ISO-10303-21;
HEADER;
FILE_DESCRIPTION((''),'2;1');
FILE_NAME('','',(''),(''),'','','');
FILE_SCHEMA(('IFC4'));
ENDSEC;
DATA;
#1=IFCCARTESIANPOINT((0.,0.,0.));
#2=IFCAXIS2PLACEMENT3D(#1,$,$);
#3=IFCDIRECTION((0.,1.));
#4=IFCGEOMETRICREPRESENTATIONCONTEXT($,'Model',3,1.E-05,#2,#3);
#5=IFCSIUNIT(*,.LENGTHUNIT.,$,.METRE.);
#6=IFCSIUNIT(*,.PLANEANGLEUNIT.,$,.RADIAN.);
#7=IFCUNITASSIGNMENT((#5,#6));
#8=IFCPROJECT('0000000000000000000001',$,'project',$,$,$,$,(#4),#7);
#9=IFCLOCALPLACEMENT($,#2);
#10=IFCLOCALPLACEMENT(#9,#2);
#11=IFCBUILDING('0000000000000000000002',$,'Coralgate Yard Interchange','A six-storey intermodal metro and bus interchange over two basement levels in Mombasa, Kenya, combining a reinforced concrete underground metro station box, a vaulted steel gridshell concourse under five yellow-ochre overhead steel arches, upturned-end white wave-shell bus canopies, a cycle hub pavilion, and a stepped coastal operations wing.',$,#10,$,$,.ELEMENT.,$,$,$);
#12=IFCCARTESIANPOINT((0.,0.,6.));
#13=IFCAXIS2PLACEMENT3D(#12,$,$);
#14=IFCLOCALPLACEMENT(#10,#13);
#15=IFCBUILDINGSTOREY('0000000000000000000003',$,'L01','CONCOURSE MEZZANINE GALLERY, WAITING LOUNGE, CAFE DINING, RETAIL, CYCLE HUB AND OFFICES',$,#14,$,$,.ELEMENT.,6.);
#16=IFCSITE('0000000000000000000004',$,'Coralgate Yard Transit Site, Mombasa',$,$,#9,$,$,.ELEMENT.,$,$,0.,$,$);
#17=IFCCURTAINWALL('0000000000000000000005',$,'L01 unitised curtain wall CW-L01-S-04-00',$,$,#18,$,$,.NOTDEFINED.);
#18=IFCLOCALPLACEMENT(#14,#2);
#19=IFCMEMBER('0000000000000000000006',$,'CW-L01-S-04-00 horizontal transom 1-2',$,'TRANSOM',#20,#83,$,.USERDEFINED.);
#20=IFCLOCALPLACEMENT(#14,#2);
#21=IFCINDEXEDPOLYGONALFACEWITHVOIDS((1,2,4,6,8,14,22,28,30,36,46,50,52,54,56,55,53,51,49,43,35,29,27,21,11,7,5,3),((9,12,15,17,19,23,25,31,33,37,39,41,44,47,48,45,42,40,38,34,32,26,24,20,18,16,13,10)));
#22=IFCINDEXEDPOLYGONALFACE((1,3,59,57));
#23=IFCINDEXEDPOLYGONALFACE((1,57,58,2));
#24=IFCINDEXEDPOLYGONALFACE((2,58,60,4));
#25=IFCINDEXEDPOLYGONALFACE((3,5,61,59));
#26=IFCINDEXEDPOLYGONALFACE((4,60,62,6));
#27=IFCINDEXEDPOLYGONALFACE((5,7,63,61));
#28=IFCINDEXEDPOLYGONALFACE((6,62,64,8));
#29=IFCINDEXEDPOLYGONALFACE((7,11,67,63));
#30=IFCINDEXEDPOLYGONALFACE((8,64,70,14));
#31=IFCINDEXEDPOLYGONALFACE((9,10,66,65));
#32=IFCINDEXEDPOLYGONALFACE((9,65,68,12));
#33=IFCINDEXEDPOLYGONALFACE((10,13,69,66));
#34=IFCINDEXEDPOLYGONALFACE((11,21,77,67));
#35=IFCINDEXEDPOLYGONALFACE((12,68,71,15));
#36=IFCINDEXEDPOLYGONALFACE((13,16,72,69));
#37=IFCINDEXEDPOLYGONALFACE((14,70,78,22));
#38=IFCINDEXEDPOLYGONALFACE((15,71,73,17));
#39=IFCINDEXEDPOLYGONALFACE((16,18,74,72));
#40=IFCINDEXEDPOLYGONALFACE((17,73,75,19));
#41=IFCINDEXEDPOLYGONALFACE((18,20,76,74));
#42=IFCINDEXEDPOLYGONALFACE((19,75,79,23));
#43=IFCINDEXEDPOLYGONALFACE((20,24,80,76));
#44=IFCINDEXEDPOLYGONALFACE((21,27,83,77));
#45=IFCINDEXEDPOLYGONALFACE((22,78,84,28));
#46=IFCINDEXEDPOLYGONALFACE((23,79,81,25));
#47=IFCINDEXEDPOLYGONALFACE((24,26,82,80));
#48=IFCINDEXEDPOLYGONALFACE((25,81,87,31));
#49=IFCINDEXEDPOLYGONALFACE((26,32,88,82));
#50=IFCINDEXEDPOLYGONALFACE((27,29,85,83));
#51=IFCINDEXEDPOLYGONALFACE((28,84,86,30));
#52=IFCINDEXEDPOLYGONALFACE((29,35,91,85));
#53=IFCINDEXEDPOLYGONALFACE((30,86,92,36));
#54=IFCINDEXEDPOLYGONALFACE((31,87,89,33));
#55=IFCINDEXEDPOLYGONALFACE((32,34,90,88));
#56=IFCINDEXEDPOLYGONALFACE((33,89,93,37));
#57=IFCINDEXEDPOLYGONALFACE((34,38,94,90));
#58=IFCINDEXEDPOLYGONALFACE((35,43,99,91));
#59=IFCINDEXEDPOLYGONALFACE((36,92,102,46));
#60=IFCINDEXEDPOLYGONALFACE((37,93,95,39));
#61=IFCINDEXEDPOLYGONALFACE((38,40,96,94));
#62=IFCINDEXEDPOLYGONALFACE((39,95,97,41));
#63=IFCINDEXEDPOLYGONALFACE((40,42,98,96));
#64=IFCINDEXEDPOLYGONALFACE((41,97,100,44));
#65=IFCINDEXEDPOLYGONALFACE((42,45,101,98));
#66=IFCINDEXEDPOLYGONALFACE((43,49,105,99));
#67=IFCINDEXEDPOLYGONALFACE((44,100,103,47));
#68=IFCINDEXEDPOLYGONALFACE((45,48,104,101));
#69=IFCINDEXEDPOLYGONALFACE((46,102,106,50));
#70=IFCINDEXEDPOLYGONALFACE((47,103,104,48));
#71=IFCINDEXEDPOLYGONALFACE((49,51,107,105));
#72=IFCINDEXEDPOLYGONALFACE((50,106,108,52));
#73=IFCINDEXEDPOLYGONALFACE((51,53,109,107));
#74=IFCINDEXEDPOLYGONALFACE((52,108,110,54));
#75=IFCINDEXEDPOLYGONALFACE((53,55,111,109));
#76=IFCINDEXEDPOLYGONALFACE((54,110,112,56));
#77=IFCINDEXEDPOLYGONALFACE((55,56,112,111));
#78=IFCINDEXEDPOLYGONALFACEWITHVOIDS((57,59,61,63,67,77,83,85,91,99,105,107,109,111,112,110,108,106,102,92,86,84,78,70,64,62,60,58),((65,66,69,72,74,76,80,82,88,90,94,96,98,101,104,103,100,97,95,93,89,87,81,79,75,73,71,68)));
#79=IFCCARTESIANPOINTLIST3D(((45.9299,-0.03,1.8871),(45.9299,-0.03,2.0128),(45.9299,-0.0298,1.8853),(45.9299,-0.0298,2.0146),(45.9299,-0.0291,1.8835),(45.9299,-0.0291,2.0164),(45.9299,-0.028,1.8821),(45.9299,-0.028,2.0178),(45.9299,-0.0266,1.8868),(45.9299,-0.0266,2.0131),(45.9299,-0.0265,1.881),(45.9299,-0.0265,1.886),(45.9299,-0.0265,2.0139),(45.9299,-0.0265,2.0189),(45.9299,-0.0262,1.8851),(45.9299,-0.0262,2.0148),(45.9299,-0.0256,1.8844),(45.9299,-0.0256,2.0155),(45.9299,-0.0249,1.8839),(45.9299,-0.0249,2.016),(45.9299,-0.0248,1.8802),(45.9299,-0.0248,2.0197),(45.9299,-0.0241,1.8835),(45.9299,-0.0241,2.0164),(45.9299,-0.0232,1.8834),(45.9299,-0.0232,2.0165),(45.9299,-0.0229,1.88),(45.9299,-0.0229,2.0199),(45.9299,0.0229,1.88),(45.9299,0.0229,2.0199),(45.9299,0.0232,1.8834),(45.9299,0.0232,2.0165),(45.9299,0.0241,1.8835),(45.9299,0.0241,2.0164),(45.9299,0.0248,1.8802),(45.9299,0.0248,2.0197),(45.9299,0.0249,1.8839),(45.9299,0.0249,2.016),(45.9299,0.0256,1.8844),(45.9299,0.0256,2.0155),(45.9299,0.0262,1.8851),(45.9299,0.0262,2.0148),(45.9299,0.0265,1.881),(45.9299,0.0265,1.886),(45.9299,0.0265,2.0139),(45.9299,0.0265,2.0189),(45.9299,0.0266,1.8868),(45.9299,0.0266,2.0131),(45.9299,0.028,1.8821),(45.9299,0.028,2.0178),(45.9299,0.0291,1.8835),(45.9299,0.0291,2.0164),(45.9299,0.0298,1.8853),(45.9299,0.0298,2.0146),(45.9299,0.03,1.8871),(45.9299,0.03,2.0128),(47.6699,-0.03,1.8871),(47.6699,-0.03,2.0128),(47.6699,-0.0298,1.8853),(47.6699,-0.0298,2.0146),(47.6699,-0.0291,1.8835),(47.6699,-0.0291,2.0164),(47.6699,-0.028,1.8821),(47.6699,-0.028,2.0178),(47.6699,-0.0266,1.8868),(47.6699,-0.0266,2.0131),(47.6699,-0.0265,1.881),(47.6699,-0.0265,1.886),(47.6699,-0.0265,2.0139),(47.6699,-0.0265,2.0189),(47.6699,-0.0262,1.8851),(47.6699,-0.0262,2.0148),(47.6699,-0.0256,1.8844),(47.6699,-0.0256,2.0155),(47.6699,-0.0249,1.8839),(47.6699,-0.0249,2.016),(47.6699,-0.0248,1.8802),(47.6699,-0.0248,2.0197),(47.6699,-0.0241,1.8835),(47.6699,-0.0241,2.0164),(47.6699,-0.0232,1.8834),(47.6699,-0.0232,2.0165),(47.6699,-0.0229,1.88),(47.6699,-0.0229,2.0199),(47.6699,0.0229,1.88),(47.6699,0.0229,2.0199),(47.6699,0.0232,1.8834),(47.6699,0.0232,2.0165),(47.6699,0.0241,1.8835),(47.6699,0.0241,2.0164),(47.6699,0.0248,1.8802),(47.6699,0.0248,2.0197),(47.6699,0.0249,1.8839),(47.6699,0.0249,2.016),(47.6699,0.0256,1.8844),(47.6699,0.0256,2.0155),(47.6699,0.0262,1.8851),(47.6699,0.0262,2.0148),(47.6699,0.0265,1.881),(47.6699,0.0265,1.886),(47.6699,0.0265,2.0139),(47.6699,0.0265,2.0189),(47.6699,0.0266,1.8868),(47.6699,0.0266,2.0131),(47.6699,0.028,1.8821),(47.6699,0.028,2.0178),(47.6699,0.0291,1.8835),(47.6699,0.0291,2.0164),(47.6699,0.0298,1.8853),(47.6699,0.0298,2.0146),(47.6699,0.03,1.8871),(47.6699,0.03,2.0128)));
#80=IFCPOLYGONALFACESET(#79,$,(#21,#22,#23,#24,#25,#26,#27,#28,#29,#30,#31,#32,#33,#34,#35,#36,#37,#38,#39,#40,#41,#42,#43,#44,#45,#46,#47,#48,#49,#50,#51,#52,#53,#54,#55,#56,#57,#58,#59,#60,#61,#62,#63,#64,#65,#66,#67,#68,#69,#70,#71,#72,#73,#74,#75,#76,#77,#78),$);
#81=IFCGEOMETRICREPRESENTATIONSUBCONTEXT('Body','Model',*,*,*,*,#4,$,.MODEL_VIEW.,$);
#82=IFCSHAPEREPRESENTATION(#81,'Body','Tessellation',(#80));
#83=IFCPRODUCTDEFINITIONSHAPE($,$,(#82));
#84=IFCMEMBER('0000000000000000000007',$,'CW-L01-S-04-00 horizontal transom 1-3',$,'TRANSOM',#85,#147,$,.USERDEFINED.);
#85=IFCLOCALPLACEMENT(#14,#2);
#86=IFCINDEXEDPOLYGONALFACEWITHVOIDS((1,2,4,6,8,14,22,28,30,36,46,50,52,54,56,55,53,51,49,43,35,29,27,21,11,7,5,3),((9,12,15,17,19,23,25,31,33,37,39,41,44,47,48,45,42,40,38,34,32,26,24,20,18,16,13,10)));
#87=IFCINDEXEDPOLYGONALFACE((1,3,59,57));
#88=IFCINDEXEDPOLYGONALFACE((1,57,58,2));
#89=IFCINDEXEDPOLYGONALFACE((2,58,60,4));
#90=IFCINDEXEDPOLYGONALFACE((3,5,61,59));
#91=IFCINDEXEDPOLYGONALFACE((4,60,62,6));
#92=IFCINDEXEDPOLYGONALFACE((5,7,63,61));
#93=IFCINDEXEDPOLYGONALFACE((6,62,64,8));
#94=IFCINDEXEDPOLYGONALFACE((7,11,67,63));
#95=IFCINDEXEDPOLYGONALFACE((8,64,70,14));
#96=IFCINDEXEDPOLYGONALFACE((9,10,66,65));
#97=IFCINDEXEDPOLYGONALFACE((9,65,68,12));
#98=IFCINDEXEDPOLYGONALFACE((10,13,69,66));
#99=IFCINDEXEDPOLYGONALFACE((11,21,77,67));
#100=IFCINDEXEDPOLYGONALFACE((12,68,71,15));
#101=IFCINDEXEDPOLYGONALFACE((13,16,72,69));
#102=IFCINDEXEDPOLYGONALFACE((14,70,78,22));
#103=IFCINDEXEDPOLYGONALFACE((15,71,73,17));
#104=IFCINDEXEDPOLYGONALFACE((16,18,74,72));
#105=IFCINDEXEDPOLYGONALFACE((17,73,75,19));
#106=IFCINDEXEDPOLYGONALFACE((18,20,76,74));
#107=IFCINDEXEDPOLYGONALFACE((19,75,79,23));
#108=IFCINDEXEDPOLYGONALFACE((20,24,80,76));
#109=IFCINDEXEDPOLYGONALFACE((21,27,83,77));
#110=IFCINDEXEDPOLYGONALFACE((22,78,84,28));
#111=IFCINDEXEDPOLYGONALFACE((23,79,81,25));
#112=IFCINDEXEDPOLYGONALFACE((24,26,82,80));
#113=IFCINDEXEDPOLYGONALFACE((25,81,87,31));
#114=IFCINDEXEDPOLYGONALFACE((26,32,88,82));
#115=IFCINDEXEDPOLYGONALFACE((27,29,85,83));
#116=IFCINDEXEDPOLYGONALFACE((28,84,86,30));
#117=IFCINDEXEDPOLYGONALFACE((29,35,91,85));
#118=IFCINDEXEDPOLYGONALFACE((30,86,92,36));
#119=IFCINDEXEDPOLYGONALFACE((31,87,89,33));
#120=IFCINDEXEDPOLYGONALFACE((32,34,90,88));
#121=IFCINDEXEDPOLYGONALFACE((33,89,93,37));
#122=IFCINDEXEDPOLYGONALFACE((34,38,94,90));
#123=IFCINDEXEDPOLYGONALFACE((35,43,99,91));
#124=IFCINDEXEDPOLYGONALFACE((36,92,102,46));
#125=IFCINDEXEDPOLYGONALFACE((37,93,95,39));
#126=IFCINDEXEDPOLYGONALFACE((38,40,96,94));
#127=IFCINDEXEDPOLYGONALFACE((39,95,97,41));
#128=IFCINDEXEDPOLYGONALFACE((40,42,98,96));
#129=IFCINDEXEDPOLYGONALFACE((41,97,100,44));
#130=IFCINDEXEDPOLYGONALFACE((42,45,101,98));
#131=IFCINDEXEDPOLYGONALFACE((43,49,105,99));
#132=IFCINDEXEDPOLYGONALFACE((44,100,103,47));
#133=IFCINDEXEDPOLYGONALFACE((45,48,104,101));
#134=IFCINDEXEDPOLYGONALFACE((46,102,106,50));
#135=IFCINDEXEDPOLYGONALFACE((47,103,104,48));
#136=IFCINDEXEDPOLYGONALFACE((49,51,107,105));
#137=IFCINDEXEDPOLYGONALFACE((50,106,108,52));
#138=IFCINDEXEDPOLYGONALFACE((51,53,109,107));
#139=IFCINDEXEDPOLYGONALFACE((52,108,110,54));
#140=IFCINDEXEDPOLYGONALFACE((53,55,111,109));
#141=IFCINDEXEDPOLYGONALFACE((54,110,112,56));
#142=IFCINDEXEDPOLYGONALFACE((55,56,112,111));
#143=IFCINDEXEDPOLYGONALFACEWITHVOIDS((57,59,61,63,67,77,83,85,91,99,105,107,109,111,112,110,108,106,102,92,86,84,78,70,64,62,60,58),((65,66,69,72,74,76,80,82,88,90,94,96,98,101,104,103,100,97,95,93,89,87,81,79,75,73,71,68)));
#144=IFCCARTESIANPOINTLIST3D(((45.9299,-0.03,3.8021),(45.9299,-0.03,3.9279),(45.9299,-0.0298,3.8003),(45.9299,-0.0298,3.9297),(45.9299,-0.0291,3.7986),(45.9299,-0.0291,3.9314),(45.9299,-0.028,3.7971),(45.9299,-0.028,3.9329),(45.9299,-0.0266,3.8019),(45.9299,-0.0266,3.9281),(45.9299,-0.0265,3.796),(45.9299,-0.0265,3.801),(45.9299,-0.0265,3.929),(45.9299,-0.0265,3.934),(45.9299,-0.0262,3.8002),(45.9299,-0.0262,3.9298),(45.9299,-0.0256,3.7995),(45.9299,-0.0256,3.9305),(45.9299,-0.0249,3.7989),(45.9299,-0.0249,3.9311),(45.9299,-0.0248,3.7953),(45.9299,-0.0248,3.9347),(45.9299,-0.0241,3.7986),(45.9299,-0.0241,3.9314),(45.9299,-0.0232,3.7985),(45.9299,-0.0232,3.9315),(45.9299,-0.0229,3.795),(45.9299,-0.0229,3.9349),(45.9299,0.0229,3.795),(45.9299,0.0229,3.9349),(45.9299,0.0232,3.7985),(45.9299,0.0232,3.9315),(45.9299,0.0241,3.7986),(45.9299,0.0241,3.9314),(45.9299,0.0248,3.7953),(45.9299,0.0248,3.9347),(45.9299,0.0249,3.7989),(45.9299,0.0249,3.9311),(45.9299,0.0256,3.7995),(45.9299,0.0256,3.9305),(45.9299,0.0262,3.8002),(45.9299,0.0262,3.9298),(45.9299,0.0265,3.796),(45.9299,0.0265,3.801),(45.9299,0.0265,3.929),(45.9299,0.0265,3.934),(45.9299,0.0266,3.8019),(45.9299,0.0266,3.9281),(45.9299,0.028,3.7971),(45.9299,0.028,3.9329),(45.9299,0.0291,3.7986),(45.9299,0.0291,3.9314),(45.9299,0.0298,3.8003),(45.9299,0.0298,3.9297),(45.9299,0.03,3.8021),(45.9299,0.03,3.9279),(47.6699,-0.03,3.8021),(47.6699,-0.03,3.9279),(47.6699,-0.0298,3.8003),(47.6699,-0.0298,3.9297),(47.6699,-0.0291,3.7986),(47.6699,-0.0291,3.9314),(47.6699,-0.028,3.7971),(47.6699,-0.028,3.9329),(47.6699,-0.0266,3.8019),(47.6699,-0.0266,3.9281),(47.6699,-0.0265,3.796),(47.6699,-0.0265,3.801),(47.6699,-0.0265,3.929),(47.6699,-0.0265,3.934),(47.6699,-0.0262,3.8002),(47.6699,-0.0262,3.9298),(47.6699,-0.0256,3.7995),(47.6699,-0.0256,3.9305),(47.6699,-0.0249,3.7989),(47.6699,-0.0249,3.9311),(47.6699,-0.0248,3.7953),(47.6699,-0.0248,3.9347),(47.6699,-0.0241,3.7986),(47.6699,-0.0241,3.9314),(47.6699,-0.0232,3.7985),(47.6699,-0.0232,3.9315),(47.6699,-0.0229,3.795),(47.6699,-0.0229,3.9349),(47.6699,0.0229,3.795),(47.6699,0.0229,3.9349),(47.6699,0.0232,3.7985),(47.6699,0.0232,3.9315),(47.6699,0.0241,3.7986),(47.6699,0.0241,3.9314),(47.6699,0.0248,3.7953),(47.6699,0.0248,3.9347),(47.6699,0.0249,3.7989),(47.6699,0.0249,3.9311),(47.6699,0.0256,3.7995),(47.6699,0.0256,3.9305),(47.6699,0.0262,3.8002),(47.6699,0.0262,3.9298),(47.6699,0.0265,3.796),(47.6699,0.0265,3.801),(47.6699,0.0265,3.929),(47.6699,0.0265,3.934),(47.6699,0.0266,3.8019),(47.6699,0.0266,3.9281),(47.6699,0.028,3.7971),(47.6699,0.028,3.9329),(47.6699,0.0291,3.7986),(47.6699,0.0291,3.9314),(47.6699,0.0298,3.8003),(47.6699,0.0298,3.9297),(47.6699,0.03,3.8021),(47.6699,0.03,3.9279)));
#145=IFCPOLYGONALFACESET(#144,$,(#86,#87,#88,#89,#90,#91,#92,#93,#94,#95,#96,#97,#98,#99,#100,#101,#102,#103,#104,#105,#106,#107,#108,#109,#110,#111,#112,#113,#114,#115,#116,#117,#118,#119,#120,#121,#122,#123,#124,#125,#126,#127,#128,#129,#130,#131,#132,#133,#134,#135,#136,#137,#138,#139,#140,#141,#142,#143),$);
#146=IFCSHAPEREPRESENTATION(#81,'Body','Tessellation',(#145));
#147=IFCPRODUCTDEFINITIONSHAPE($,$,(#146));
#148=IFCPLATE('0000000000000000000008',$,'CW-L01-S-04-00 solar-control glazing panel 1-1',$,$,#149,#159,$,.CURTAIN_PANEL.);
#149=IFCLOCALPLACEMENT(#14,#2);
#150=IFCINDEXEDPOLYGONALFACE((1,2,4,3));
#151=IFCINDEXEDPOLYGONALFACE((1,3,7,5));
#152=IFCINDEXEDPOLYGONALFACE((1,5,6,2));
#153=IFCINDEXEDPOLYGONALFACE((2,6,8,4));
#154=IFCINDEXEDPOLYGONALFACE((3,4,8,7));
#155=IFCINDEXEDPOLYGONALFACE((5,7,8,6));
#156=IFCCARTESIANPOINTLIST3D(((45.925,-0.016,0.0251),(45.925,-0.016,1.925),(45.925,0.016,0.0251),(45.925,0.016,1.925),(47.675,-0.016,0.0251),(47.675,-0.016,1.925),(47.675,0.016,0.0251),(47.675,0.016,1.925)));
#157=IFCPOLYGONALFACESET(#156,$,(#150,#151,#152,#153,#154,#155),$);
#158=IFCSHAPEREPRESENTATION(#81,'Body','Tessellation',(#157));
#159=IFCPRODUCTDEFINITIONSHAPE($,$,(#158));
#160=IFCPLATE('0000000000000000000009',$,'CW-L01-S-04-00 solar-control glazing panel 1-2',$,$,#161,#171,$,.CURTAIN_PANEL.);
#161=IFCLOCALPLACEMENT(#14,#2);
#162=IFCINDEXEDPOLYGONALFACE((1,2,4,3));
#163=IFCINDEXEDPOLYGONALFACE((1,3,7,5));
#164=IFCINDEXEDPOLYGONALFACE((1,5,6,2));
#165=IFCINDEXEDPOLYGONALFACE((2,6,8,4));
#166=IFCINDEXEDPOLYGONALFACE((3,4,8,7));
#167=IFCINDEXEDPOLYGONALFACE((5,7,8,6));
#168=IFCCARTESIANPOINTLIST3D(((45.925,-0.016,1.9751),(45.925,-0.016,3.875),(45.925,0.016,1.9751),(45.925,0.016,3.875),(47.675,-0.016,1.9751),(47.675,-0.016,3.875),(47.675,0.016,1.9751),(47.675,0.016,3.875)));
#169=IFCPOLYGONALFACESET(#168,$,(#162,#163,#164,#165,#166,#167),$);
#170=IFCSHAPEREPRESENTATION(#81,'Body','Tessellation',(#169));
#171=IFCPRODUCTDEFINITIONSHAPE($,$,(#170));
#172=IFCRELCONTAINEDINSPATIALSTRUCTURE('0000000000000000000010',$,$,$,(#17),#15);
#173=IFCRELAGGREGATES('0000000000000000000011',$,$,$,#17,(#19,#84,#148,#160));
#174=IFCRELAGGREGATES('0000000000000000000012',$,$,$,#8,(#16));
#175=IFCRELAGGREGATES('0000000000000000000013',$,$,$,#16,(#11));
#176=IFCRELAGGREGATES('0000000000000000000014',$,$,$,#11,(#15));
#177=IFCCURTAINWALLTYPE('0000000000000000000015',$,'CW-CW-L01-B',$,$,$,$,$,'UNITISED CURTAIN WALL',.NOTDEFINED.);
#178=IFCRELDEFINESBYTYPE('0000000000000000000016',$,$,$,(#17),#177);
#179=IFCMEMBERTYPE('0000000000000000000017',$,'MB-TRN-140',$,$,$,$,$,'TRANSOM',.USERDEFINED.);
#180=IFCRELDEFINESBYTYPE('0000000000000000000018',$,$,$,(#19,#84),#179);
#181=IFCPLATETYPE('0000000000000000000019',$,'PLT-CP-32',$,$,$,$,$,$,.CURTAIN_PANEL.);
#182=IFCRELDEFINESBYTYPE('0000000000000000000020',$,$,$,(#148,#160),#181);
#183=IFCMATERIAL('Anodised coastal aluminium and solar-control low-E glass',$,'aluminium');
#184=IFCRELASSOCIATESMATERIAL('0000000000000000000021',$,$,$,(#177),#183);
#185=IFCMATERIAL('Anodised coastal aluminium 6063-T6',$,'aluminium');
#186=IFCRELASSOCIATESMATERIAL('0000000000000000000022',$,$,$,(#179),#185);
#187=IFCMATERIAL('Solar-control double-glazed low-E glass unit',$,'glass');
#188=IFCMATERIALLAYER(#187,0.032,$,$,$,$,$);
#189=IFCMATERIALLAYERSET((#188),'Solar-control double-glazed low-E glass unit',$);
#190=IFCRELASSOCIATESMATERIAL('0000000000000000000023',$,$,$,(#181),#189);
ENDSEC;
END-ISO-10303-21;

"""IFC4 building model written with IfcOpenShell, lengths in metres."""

from ifc_helpers import new_model, si_unit, direction, frame, origin, origin_2d, place, context, subcontext, project, spatial, rectangle, hollow_rectangle, extrude, material, layer, layer_set, material_profile, profile_set, type_object, element, aggregate, save


model = new_model("IFC4")

# Units and contexts
model_context = context("Model", 3, precision=1e-05, world=origin(), true_north=direction((0.0, 1.0)))
body_context = subcontext(model_context, "Body", "Model", "MODEL_VIEW")
ifc_project = project(units=[si_unit("LENGTHUNIT", "METRE"), si_unit("PLANEANGLEUNIT", "RADIAN")], contexts=[model_context])

# Site, building, storey
site_placement = place(None, origin())
site = spatial("IfcSite", under=ifc_project, at=site_placement, Name="Coralgate Yard Transit Site, Mombasa", CompositionType="ELEMENT", RefElevation=0.0)
building_placement = place(site_placement, origin())
building = spatial("IfcBuilding", under=site, at=building_placement, Name="Coralgate Yard Interchange", Description="A six-storey intermodal metro and bus interchange over two basement levels in Mombasa, Kenya, combining a reinforced concrete underground metro station box, a vaulted steel gridshell concourse under five yellow-ochre overhead steel arches, upturned-end white wave-shell bus canopies, a cycle hub pavilion, and a stepped coastal operations wing.", CompositionType="ELEMENT")
storey_placement = place(building_placement, frame((0.0, 0.0, 6.0)))
storey = spatial("IfcBuildingStorey", under=building, at=storey_placement, Name="L01", Description="CONCOURSE MEZZANINE GALLERY, WAITING LOUNGE, CAFE DINING, RETAIL, CYCLE HUB AND OFFICES", CompositionType="ELEMENT", Elevation=6.0)

# Shared definitions
ifc_material_1 = material(Name="Anodised coastal aluminium and solar-control low-E glass", Category="aluminium")
ifc_material_2 = material(Name="Anodised coastal aluminium 6063-T6", Category="aluminium")

# Curtain wall
curtain_wall_type_1 = type_object("IfcCurtainWallType", Name="CW-CW-L01-B", ElementType="UNITISED CURTAIN WALL", PredefinedType="NOTDEFINED", material=ifc_material_1)
curtain_wall_1_placement = place(storey_placement, origin())
curtain_wall_1 = element("IfcCurtainWall", 1, at=curtain_wall_1_placement, inside=storey, type_object=curtain_wall_type_1, Name="L01 unitised curtain wall CW-L01-S-04-00", PredefinedType="NOTDEFINED")

# Members
ifc_material_profile_1 = material_profile(ifc_material_2, hollow_rectangle(XDim=0.0601, YDim=0.1399, WallThickness=0.0034, InnerFilletRadius=0.0034, OuterFilletRadius=0.0071, at=origin_2d()), Name="ALU 60x140x3.5")
ifc_profile_set_1 = profile_set([ifc_material_profile_1], Name="Anodised coastal aluminium 6063-T6")
member_type_1 = type_object("IfcMemberType", Name="MB-TRN-140", ElementType="TRANSOM", PredefinedType="USERDEFINED", material=ifc_profile_set_1)
member_1_placement = place(storey_placement, frame((47.6699, 0.0, 1.95), z_axis=(-1.0, 0.0, 0.0), x_axis=(0.0, -1.0, 0.0)))
member_1 = element("IfcMember", 2, at=member_1_placement, type_object=member_type_1, Name="CW-L01-S-04-00 horizontal transom 1-2", ObjectType="TRANSOM", PredefinedType="USERDEFINED", context=body_context, shape_type="SweptSolid", body=[
    extrude(hollow_rectangle(XDim=0.0601, YDim=0.1399, WallThickness=0.0034, InnerFilletRadius=0.0034, OuterFilletRadius=0.0071, at=origin_2d()), origin(), (0.0, 0.0, 1.0), 1.74),
])
member_2_placement = place(storey_placement, frame((47.6699, 0.0, 3.865), z_axis=(-1.0, 0.0, 0.0), x_axis=(0.0, -1.0, 0.0)))
member_2 = element("IfcMember", 3, at=member_2_placement, type_object=member_type_1, Name="CW-L01-S-04-00 horizontal transom 1-3", ObjectType="TRANSOM", PredefinedType="USERDEFINED", context=body_context, shape_type="SweptSolid", body=[
    extrude(hollow_rectangle(XDim=0.0601, YDim=0.1399, WallThickness=0.0034, InnerFilletRadius=0.0034, OuterFilletRadius=0.0071, at=origin_2d()), origin(), (0.0, 0.0, 1.0), 1.74),
])

# Plates
ifc_material_3 = material(Name="Solar-control double-glazed low-E glass unit", Category="glass")
ifc_layer_1 = layer(ifc_material_3, 0.032)
ifc_layer_set_1 = layer_set([ifc_layer_1], Name="Solar-control double-glazed low-E glass unit")
plate_type = type_object("IfcPlateType", Name="PLT-CP-32", PredefinedType="CURTAIN_PANEL", material=ifc_layer_set_1)
plate_1_placement = place(storey_placement, frame((46.8, 0.0, 0.0251), z_axis=(0.0, 0.0, 1.0), x_axis=(-1.0, 0.0, 0.0)))
plate_1 = element("IfcPlate", 4, at=plate_1_placement, type_object=plate_type, Name="CW-L01-S-04-00 solar-control glazing panel 1-1", PredefinedType="CURTAIN_PANEL", context=body_context, shape_type="SweptSolid", body=[
    extrude(rectangle(XDim=1.75, YDim=0.032, at=origin_2d()), origin(), (0.0, 0.0, 1.0), 1.8999),
])
plate_2_placement = place(storey_placement, frame((46.8, 0.0, 1.9751), z_axis=(0.0, 0.0, 1.0), x_axis=(-1.0, 0.0, 0.0)))
plate_2 = element("IfcPlate", 5, at=plate_2_placement, type_object=plate_type, Name="CW-L01-S-04-00 solar-control glazing panel 1-2", PredefinedType="CURTAIN_PANEL", context=body_context, shape_type="SweptSolid", body=[
    extrude(rectangle(XDim=1.75, YDim=0.032, at=origin_2d()), origin(), (0.0, 0.0, 1.0), 1.8999),
])
aggregate(curtain_wall_1, [member_1, member_2, plate_1, plate_2])

save(model, "model.ifc")
